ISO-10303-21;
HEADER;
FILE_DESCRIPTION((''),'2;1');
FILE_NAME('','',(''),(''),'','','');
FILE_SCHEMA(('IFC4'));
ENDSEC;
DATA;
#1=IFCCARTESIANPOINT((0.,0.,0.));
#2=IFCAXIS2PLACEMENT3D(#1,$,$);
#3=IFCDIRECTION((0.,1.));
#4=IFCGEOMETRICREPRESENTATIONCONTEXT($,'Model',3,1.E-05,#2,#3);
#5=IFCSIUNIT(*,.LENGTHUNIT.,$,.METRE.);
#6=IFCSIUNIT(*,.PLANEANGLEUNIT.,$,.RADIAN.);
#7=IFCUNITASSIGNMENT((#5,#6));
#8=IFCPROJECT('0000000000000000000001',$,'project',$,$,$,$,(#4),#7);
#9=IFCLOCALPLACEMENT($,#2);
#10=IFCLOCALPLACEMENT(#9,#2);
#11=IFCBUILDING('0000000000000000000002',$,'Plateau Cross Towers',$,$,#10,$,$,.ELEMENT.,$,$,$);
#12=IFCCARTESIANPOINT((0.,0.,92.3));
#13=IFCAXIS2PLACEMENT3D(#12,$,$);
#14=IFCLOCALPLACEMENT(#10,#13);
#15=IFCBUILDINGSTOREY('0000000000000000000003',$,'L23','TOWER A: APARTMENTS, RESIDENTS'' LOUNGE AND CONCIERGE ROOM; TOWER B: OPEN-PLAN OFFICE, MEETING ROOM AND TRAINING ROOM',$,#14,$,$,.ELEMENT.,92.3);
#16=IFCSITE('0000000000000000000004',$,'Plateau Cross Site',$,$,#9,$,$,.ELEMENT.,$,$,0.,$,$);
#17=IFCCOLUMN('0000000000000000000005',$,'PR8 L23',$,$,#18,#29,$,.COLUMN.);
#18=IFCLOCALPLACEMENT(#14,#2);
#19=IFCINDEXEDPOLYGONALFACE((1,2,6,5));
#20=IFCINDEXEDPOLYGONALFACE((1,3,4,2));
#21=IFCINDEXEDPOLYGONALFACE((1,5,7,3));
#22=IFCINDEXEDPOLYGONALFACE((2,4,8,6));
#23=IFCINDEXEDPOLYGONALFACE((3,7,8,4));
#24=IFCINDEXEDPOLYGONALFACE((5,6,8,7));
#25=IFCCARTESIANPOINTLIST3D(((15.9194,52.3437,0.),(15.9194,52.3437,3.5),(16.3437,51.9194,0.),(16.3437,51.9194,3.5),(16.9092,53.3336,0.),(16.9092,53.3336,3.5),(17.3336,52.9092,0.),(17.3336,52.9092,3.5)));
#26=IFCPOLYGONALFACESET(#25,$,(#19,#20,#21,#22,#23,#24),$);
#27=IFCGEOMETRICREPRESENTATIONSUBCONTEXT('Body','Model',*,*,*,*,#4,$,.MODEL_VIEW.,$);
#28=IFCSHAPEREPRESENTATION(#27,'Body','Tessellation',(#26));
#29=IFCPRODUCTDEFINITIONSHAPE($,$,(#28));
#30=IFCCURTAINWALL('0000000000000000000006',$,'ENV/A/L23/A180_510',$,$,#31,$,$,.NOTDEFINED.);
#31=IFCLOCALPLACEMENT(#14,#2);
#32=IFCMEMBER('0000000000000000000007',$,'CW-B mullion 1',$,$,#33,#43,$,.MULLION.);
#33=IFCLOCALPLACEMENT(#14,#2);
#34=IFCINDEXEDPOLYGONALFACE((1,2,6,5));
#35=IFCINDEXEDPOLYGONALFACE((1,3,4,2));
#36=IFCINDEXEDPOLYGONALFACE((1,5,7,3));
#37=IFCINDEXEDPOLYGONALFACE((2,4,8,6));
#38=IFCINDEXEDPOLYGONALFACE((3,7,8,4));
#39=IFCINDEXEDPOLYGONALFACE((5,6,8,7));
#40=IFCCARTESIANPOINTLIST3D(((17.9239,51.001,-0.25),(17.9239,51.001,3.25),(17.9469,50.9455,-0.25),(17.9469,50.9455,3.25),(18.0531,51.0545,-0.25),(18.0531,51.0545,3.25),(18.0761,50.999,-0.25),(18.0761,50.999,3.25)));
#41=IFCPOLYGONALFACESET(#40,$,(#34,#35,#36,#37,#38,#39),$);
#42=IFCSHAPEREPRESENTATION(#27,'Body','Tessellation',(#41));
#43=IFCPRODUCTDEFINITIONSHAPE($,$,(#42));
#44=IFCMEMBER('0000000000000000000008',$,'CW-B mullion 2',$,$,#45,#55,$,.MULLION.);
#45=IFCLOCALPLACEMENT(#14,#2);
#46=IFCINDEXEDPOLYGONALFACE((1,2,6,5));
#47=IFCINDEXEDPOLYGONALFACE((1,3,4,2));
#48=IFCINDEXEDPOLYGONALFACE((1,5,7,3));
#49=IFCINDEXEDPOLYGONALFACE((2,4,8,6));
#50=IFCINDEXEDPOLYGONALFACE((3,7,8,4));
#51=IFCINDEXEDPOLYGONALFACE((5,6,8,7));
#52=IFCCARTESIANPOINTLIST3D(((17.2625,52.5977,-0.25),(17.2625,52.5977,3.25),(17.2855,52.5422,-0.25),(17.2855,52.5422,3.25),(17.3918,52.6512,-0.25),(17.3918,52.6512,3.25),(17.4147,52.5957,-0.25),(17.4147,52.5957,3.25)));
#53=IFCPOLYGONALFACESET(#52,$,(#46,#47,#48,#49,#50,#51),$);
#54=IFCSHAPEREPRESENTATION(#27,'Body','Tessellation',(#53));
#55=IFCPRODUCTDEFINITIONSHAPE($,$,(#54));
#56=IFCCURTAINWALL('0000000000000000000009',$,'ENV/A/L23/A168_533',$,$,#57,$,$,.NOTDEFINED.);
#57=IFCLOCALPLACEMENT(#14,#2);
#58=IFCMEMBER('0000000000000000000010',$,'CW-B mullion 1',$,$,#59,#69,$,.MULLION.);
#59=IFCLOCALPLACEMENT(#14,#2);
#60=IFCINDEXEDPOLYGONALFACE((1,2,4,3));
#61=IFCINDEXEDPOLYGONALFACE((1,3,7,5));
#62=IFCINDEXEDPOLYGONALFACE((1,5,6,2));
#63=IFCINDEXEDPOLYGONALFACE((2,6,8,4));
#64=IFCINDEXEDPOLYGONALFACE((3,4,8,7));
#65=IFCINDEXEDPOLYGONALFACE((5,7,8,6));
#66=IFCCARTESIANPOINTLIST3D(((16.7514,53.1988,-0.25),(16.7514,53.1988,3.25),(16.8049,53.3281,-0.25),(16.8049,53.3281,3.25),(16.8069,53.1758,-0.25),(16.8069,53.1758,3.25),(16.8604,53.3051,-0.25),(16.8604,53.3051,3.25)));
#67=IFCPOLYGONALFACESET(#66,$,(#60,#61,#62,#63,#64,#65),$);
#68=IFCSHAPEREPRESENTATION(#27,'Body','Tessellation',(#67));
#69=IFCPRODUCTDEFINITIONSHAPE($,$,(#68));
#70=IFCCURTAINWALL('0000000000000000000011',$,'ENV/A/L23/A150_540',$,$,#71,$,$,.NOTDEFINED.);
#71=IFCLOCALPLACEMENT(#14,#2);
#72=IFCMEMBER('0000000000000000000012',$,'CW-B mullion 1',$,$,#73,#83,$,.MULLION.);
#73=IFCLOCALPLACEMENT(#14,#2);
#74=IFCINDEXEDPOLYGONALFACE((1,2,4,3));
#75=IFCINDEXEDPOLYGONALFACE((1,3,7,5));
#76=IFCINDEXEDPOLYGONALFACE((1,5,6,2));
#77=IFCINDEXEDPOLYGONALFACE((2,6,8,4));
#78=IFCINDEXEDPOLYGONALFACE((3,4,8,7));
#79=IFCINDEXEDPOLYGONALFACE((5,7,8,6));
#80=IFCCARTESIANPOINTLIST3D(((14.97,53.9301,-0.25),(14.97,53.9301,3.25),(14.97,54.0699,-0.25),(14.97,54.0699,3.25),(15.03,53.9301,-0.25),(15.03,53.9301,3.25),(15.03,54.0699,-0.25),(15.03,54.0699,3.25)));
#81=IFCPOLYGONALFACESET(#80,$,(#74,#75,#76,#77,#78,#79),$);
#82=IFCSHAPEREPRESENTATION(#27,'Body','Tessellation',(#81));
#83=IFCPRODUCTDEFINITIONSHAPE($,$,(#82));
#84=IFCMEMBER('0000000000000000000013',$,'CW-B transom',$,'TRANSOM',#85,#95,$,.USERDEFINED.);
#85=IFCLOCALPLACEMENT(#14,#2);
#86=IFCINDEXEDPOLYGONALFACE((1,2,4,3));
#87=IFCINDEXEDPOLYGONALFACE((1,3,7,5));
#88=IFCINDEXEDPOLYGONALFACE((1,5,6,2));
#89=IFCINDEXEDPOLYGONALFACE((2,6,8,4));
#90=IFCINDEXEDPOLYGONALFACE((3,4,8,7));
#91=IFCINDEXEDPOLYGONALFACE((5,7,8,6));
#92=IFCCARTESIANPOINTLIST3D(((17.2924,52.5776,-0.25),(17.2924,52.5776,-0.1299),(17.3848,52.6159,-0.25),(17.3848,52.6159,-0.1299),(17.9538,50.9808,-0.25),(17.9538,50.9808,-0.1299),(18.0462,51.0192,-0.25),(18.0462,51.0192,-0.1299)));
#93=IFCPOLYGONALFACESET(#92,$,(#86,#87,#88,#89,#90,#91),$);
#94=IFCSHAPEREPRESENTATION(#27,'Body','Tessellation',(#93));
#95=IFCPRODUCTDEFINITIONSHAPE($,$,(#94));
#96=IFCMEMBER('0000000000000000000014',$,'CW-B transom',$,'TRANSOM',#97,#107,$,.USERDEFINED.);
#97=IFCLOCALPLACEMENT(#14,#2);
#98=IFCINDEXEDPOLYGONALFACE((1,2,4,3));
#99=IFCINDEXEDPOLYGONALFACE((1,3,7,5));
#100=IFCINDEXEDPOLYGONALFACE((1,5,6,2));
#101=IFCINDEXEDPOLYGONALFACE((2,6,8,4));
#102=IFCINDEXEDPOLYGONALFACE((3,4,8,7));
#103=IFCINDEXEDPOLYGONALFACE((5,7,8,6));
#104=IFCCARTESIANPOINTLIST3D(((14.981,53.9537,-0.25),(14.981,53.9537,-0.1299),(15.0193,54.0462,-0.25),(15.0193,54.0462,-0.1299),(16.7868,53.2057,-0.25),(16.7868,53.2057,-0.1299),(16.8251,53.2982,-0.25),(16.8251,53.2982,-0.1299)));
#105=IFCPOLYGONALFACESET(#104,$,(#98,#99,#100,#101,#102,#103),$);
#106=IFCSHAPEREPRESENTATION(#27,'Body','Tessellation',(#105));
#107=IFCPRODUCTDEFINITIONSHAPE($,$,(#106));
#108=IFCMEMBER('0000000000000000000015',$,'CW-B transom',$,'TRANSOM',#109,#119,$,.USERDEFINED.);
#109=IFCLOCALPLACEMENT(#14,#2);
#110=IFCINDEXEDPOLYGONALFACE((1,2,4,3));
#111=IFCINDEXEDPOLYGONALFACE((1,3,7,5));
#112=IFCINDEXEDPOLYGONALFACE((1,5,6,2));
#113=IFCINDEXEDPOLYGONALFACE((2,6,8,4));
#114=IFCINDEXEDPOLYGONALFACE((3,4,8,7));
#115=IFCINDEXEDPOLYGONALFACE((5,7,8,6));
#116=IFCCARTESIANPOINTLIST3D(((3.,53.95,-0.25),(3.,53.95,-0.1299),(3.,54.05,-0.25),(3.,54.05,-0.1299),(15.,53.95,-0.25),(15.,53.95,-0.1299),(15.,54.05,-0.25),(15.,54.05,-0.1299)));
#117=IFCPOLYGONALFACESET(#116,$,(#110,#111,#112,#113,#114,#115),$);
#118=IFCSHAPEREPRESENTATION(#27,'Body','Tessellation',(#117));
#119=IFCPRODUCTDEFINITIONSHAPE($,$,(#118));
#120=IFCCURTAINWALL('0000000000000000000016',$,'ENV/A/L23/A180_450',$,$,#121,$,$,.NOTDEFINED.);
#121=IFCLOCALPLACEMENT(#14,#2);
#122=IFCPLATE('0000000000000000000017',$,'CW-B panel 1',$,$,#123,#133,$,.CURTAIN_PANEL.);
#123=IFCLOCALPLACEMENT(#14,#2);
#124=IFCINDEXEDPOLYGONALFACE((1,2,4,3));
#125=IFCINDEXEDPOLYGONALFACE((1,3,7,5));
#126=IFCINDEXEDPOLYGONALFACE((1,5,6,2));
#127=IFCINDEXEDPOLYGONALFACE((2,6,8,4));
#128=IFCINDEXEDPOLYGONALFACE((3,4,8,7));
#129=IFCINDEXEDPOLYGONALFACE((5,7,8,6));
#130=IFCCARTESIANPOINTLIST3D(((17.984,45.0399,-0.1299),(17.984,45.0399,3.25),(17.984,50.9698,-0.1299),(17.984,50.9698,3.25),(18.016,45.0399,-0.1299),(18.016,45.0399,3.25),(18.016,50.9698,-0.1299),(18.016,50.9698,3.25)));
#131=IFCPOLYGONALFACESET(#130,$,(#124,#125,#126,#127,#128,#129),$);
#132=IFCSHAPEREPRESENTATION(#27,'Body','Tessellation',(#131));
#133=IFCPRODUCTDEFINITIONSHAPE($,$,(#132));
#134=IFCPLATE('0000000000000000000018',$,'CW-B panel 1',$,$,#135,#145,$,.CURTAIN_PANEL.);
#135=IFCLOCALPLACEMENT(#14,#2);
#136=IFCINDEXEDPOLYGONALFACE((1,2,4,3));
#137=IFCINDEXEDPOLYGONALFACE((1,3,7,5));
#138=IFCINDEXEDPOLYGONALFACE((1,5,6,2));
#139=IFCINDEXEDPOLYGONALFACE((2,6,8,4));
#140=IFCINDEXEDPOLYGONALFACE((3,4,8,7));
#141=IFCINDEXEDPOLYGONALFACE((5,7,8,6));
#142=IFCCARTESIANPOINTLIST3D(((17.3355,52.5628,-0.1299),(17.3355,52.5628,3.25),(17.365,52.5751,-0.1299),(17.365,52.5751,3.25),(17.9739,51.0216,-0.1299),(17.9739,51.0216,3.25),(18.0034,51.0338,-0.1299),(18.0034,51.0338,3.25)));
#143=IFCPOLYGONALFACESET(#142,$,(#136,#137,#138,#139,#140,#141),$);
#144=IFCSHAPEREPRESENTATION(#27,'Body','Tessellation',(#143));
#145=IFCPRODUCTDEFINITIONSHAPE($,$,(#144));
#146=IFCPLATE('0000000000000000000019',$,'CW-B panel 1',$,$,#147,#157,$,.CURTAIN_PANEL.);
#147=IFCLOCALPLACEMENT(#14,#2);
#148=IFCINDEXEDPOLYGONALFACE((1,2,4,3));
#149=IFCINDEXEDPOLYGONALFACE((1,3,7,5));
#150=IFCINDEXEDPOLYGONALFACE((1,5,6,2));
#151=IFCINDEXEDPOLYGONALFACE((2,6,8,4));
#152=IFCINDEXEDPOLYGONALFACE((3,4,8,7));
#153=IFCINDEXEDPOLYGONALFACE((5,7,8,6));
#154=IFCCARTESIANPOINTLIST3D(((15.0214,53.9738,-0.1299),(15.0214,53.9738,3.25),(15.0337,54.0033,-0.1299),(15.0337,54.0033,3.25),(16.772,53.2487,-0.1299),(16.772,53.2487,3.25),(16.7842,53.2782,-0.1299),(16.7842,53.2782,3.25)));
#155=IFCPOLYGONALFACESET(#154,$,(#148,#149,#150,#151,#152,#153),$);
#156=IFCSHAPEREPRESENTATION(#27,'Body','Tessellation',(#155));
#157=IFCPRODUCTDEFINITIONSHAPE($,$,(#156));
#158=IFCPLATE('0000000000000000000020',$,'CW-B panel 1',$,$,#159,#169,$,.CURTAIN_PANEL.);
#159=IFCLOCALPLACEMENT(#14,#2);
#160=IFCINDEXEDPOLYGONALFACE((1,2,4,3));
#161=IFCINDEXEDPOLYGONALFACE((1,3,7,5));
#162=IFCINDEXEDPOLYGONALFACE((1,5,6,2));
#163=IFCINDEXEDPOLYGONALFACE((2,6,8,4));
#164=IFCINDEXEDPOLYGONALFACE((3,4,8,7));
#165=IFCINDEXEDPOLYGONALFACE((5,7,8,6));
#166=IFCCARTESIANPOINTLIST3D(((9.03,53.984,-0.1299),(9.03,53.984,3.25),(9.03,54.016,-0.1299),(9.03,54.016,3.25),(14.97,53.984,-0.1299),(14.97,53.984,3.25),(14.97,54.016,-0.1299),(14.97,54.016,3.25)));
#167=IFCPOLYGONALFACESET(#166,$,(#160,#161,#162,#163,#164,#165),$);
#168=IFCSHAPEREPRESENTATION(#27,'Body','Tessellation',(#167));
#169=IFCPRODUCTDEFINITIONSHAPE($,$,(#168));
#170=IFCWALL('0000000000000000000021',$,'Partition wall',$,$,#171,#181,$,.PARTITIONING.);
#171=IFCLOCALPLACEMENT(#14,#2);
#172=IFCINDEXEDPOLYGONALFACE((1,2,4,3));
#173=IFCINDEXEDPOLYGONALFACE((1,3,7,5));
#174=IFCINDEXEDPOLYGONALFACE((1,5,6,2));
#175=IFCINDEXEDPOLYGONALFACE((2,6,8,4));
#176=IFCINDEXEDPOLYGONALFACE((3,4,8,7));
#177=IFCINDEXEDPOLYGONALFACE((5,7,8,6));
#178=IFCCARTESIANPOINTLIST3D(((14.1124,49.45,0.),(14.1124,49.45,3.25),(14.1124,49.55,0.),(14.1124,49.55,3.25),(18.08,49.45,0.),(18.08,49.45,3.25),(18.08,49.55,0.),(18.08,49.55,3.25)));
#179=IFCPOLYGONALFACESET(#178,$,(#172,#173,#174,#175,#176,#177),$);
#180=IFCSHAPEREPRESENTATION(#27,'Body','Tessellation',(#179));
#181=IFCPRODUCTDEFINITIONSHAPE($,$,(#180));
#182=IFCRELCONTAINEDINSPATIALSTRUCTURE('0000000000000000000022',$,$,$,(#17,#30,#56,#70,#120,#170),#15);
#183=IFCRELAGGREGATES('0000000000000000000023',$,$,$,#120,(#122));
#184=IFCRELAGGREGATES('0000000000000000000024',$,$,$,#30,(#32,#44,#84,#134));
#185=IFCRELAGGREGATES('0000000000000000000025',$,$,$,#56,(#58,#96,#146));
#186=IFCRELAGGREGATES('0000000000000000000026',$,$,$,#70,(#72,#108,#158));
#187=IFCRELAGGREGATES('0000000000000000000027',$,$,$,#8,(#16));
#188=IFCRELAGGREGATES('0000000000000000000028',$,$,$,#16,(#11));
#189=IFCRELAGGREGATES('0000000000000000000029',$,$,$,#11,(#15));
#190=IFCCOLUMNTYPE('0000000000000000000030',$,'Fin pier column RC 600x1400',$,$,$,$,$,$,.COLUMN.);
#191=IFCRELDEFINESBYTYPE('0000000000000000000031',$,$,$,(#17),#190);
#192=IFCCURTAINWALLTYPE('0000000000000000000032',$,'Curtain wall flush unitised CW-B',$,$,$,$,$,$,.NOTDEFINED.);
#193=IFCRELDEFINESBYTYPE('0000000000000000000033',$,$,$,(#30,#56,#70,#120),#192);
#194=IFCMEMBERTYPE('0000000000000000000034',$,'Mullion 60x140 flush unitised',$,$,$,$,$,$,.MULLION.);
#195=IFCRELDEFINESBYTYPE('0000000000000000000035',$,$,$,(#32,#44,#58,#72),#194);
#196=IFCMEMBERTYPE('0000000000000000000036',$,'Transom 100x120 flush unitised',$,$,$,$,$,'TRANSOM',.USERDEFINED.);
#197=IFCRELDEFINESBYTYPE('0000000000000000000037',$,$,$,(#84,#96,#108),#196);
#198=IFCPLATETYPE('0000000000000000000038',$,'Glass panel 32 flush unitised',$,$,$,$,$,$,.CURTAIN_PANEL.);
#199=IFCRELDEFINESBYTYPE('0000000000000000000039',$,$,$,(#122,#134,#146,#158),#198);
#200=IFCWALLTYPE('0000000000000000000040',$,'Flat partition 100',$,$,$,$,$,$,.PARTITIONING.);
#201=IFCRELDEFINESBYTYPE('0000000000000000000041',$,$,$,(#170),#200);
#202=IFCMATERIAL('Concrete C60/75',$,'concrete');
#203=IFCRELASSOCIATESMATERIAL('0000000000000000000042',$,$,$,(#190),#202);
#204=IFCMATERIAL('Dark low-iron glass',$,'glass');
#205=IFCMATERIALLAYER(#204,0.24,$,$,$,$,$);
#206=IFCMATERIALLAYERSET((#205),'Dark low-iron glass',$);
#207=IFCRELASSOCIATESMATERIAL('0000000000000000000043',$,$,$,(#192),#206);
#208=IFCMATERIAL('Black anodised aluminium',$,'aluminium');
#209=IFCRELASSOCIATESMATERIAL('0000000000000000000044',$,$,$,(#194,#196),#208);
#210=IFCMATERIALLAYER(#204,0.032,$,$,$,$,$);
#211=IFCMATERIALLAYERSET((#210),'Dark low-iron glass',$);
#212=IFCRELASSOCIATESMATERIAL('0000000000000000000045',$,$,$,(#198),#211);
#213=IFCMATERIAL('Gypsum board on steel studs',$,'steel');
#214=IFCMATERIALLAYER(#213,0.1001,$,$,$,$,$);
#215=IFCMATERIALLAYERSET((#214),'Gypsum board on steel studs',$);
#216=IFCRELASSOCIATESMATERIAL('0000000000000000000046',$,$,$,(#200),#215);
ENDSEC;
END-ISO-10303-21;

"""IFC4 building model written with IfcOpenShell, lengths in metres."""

from ifc_helpers import new_model, si_unit, direction, frame, frame_2d, origin, origin_2d, place, context, subcontext, project, spatial, rectangle, extrude, material, layer, layer_set, material_profile, profile_set, type_object, element, aggregate, save


model = new_model("IFC4")

# Units and contexts
model_context = context("Model", 3, precision=1e-05, world=origin(), true_north=direction((0.0, 1.0)))
body_context = subcontext(model_context, "Body", "Model", "MODEL_VIEW")
ifc_project = project(units=[si_unit("LENGTHUNIT", "METRE"), si_unit("PLANEANGLEUNIT", "RADIAN")], contexts=[model_context])

# Site, building, storey
site_placement = place(None, origin())
site = spatial("IfcSite", under=ifc_project, at=site_placement, Name="Plateau Cross Site", CompositionType="ELEMENT", RefElevation=0.0)
building_placement = place(site_placement, origin())
building = spatial("IfcBuilding", under=site, at=building_placement, Name="Plateau Cross Towers", CompositionType="ELEMENT")
storey_placement = place(building_placement, frame((0.0, 0.0, 92.3)))
storey = spatial("IfcBuildingStorey", under=building, at=storey_placement, Name="L23", Description="TOWER A: APARTMENTS, RESIDENTS' LOUNGE AND CONCIERGE ROOM; TOWER B: OPEN-PLAN OFFICE, MEETING ROOM AND TRAINING ROOM", CompositionType="ELEMENT", Elevation=92.3)

# Column
ifc_material_1 = material(Name="Concrete C60/75", Category="concrete")
ifc_material_profile_1 = material_profile(ifc_material_1, rectangle(XDim=0.6001, YDim=1.3999, at=origin_2d()), Name="RC 600x1400")
ifc_profile_set_1 = profile_set([ifc_material_profile_1], Name="Concrete C60/75")
column_type = type_object("IfcColumnType", Name="Fin pier column RC 600x1400", PredefinedType="COLUMN", material=ifc_profile_set_1)
column_placement = place(storey_placement, frame((16.6265, 52.6265, 0.0), z_axis=(0.0, 0.0, 1.0), x_axis=(-0.707107, 0.707107, 0.0)))
element("IfcColumn", 1, at=column_placement, inside=storey, type_object=column_type, Name="PR8 L23", PredefinedType="COLUMN", context=body_context, shape_type="SweptSolid", body=[
    extrude(rectangle(XDim=0.6001, YDim=1.3999, at=origin_2d()), origin(), (0.0, 0.0, 1.0), 3.5),
])

# Curtain wall, members
ifc_material_2 = material(Name="Dark low-iron glass", Category="glass")
ifc_layer_1 = layer(ifc_material_2, 0.24)
ifc_layer_set_1 = layer_set([ifc_layer_1], Name="Dark low-iron glass")
curtain_wall_type = type_object("IfcCurtainWallType", Name="Curtain wall flush unitised CW-B", PredefinedType="NOTDEFINED", material=ifc_layer_set_1)
curtain_wall_1_placement = place(storey_placement, origin())
curtain_wall_1 = element("IfcCurtainWall", 2, at=curtain_wall_1_placement, inside=storey, type_object=curtain_wall_type, Name="ENV/A/L23/A180_510", PredefinedType="NOTDEFINED")
ifc_material_3 = material(Name="Black anodised aluminium", Category="aluminium")
ifc_material_profile_2 = material_profile(ifc_material_3, rectangle(XDim=0.0601, YDim=0.1399, at=origin_2d()), Name="MULLION 60x140")
ifc_profile_set_2 = profile_set([ifc_material_profile_2], Name="Black anodised aluminium")
member_type_1 = type_object("IfcMemberType", Name="Mullion 60x140 flush unitised", PredefinedType="MULLION", material=ifc_profile_set_2)
member_1_placement = place(storey_placement, frame((18.0, 51.0, -0.25), z_axis=(0.0, 0.0, 1.0), x_axis=(-0.382684, 0.923879, 0.0)))
member_1 = element("IfcMember", 3, at=member_1_placement, type_object=member_type_1, Name="CW-B mullion 1", PredefinedType="MULLION", context=body_context, shape_type="SweptSolid", body=[
    extrude(rectangle(XDim=0.0601, YDim=0.1399, at=origin_2d()), origin(), (0.0, 0.0, 1.0), 3.5),
])
member_2_placement = place(storey_placement, frame((17.3386, 52.5967, -0.25), z_axis=(0.0, 0.0, 1.0), x_axis=(-0.382684, 0.923879, 0.0)))
member_2 = element("IfcMember", 4, at=member_2_placement, type_object=member_type_1, Name="CW-B mullion 2", PredefinedType="MULLION", context=body_context, shape_type="SweptSolid", body=[
    extrude(rectangle(XDim=0.0601, YDim=0.1399, at=origin_2d()), origin(), (0.0, 0.0, 1.0), 3.5),
])

# Curtain walls, members
curtain_wall_2_placement = place(storey_placement, origin())
curtain_wall_2 = element("IfcCurtainWall", 5, at=curtain_wall_2_placement, inside=storey, type_object=curtain_wall_type, Name="ENV/A/L23/A168_533", PredefinedType="NOTDEFINED")
member_3_placement = place(storey_placement, frame((16.8059, 53.252, -0.25), z_axis=(0.0, 0.0, 1.0), x_axis=(-0.923879, 0.382684, 0.0)))
member_3 = element("IfcMember", 6, at=member_3_placement, type_object=member_type_1, Name="CW-B mullion 1", PredefinedType="MULLION", context=body_context, shape_type="SweptSolid", body=[
    extrude(rectangle(XDim=0.0601, YDim=0.1399, at=origin_2d()), origin(), (0.0, 0.0, 1.0), 3.5),
])
curtain_wall_3_placement = place(storey_placement, origin())
curtain_wall_3 = element("IfcCurtainWall", 7, at=curtain_wall_3_placement, inside=storey, type_object=curtain_wall_type, Name="ENV/A/L23/A150_540", PredefinedType="NOTDEFINED")
member_4_placement = place(storey_placement, frame((15.0, 54.0, -0.25), z_axis=(0.0, 0.0, 1.0), x_axis=(-1.0, 0.0, 0.0)))
member_4 = element("IfcMember", 8, at=member_4_placement, type_object=member_type_1, Name="CW-B mullion 1", PredefinedType="MULLION", context=body_context, shape_type="SweptSolid", body=[
    extrude(rectangle(XDim=0.0601, YDim=0.1399, at=origin_2d()), origin(), (0.0, 0.0, 1.0), 3.5),
])

# Members
ifc_material_profile_3 = material_profile(ifc_material_3, rectangle(XDim=0.1001, YDim=0.1201, at=origin_2d()), Name="TRANSOM 100x120")
ifc_profile_set_3 = profile_set([ifc_material_profile_3], Name="Black anodised aluminium")
member_type_2 = type_object("IfcMemberType", Name="Transom 100x120 flush unitised", ElementType="TRANSOM", PredefinedType="USERDEFINED", material=ifc_profile_set_3)
member_5_placement = place(storey_placement, frame((18.0, 51.0, -0.1899), z_axis=(-0.382689, 0.923877, 0.0), x_axis=(-0.923877, -0.382689, 0.0)))
member_5 = element("IfcMember", 9, at=member_5_placement, type_object=member_type_2, Name="CW-B transom", ObjectType="TRANSOM", PredefinedType="USERDEFINED", context=body_context, shape_type="SweptSolid", body=[
    extrude(rectangle(XDim=0.1001, YDim=0.1201, at=origin_2d()), origin(), (0.0, 0.0, 1.0), 1.7283),
])
member_6_placement = place(storey_placement, frame((16.8059, 53.252, -0.1899), z_axis=(-0.923877, 0.38269, 0.0), x_axis=(-0.38269, -0.923877, 0.0)))
member_6 = element("IfcMember", 10, at=member_6_placement, type_object=member_type_2, Name="CW-B transom", ObjectType="TRANSOM", PredefinedType="USERDEFINED", context=body_context, shape_type="SweptSolid", body=[
    extrude(rectangle(XDim=0.1001, YDim=0.1201, at=origin_2d()), origin(), (0.0, 0.0, 1.0), 1.9546),
])
member_7_placement = place(storey_placement, frame((15.0, 54.0, -0.1899), z_axis=(-1.0, 0.0, 0.0), x_axis=(0.0, -1.0, 0.0)))
member_7 = element("IfcMember", 11, at=member_7_placement, type_object=member_type_2, Name="CW-B transom", ObjectType="TRANSOM", PredefinedType="USERDEFINED", context=body_context, shape_type="SweptSolid", body=[
    extrude(rectangle(XDim=0.1001, YDim=0.1201, at=origin_2d()), origin(), (0.0, 0.0, 1.0), 12.0),
])

# Curtain wall, plate
curtain_wall_4_placement = place(storey_placement, origin())
curtain_wall_4 = element("IfcCurtainWall", 12, at=curtain_wall_4_placement, inside=storey, type_object=curtain_wall_type, Name="ENV/A/L23/A180_450", PredefinedType="NOTDEFINED")
ifc_layer_2 = layer(ifc_material_2, 0.032)
ifc_layer_set_2 = layer_set([ifc_layer_2], Name="Dark low-iron glass")
plate_type = type_object("IfcPlateType", Name="Glass panel 32 flush unitised", PredefinedType="CURTAIN_PANEL", material=ifc_layer_set_2)
plate_1_placement = place(storey_placement, frame((18.0, 48.0049, -0.1299), z_axis=(0.0, 0.0, 1.0), x_axis=(0.0, 1.0, 0.0)))
plate_1 = element("IfcPlate", 13, at=plate_1_placement, type_object=plate_type, Name="CW-B panel 1", PredefinedType="CURTAIN_PANEL", context=body_context, shape_type="SweptSolid", body=[
    extrude(rectangle(XDim=5.9299, YDim=0.032, at=origin_2d()), origin(), (0.0, 0.0, 1.0), 3.3799),
])
aggregate(curtain_wall_4, [plate_1])

# Plates
plate_2_placement = place(storey_placement, frame((17.6694, 51.7983, -0.1299), z_axis=(0.0, 0.0, 1.0), x_axis=(-0.382684, 0.923879, 0.0)))
plate_2 = element("IfcPlate", 14, at=plate_2_placement, type_object=plate_type, Name="CW-B panel 1", PredefinedType="CURTAIN_PANEL", context=body_context, shape_type="SweptSolid", body=[
    extrude(rectangle(XDim=1.6682, YDim=0.032, at=origin_2d()), origin(), (0.0, 0.0, 1.0), 3.3799),
])
aggregate(curtain_wall_1, [member_1, member_2, member_5, plate_2])
plate_3_placement = place(storey_placement, frame((15.9028, 53.626, -0.1299), z_axis=(0.0, 0.0, 1.0), x_axis=(-0.923879, 0.382684, 0.0)))
plate_3 = element("IfcPlate", 15, at=plate_3_placement, type_object=plate_type, Name="CW-B panel 1", PredefinedType="CURTAIN_PANEL", context=body_context, shape_type="SweptSolid", body=[
    extrude(rectangle(XDim=1.8948, YDim=0.032, at=origin_2d()), origin(), (0.0, 0.0, 1.0), 3.3799),
])
aggregate(curtain_wall_2, [member_3, member_6, plate_3])
plate_4_placement = place(storey_placement, frame((12.0, 54.0, -0.1299), z_axis=(0.0, 0.0, 1.0), x_axis=(-1.0, 0.0, 0.0)))
plate_4 = element("IfcPlate", 16, at=plate_4_placement, type_object=plate_type, Name="CW-B panel 1", PredefinedType="CURTAIN_PANEL", context=body_context, shape_type="SweptSolid", body=[
    extrude(rectangle(XDim=5.9399, YDim=0.032, at=origin_2d()), origin(), (0.0, 0.0, 1.0), 3.3799),
])
aggregate(curtain_wall_3, [member_4, member_7, plate_4])

# Wall
ifc_material_4 = material(Name="Gypsum board on steel studs", Category="steel")
ifc_layer_3 = layer(ifc_material_4, 0.1001)
ifc_layer_set_3 = layer_set([ifc_layer_3], Name="Gypsum board on steel studs")
wall_type = type_object("IfcWallType", Name="Flat partition 100", PredefinedType="PARTITIONING", material=ifc_layer_set_3)
wall_1_placement = place(storey_placement, frame((18.0801, 49.5, 0.0), z_axis=(0.0, 0.0, 1.0), x_axis=(-1.0, 0.0, 0.0)))
element("IfcWall", 17, at=wall_1_placement, inside=storey, type_object=wall_type, Name="Partition wall", PredefinedType="PARTITIONING", context=body_context, shape_type="SweptSolid", body=[
    extrude(rectangle(XDim=3.9675, YDim=0.1001, at=frame_2d((1.9839, 0.0))), origin(), (0.0, 0.0, 1.0), 3.25),
])

save(model, "model.ifc")
